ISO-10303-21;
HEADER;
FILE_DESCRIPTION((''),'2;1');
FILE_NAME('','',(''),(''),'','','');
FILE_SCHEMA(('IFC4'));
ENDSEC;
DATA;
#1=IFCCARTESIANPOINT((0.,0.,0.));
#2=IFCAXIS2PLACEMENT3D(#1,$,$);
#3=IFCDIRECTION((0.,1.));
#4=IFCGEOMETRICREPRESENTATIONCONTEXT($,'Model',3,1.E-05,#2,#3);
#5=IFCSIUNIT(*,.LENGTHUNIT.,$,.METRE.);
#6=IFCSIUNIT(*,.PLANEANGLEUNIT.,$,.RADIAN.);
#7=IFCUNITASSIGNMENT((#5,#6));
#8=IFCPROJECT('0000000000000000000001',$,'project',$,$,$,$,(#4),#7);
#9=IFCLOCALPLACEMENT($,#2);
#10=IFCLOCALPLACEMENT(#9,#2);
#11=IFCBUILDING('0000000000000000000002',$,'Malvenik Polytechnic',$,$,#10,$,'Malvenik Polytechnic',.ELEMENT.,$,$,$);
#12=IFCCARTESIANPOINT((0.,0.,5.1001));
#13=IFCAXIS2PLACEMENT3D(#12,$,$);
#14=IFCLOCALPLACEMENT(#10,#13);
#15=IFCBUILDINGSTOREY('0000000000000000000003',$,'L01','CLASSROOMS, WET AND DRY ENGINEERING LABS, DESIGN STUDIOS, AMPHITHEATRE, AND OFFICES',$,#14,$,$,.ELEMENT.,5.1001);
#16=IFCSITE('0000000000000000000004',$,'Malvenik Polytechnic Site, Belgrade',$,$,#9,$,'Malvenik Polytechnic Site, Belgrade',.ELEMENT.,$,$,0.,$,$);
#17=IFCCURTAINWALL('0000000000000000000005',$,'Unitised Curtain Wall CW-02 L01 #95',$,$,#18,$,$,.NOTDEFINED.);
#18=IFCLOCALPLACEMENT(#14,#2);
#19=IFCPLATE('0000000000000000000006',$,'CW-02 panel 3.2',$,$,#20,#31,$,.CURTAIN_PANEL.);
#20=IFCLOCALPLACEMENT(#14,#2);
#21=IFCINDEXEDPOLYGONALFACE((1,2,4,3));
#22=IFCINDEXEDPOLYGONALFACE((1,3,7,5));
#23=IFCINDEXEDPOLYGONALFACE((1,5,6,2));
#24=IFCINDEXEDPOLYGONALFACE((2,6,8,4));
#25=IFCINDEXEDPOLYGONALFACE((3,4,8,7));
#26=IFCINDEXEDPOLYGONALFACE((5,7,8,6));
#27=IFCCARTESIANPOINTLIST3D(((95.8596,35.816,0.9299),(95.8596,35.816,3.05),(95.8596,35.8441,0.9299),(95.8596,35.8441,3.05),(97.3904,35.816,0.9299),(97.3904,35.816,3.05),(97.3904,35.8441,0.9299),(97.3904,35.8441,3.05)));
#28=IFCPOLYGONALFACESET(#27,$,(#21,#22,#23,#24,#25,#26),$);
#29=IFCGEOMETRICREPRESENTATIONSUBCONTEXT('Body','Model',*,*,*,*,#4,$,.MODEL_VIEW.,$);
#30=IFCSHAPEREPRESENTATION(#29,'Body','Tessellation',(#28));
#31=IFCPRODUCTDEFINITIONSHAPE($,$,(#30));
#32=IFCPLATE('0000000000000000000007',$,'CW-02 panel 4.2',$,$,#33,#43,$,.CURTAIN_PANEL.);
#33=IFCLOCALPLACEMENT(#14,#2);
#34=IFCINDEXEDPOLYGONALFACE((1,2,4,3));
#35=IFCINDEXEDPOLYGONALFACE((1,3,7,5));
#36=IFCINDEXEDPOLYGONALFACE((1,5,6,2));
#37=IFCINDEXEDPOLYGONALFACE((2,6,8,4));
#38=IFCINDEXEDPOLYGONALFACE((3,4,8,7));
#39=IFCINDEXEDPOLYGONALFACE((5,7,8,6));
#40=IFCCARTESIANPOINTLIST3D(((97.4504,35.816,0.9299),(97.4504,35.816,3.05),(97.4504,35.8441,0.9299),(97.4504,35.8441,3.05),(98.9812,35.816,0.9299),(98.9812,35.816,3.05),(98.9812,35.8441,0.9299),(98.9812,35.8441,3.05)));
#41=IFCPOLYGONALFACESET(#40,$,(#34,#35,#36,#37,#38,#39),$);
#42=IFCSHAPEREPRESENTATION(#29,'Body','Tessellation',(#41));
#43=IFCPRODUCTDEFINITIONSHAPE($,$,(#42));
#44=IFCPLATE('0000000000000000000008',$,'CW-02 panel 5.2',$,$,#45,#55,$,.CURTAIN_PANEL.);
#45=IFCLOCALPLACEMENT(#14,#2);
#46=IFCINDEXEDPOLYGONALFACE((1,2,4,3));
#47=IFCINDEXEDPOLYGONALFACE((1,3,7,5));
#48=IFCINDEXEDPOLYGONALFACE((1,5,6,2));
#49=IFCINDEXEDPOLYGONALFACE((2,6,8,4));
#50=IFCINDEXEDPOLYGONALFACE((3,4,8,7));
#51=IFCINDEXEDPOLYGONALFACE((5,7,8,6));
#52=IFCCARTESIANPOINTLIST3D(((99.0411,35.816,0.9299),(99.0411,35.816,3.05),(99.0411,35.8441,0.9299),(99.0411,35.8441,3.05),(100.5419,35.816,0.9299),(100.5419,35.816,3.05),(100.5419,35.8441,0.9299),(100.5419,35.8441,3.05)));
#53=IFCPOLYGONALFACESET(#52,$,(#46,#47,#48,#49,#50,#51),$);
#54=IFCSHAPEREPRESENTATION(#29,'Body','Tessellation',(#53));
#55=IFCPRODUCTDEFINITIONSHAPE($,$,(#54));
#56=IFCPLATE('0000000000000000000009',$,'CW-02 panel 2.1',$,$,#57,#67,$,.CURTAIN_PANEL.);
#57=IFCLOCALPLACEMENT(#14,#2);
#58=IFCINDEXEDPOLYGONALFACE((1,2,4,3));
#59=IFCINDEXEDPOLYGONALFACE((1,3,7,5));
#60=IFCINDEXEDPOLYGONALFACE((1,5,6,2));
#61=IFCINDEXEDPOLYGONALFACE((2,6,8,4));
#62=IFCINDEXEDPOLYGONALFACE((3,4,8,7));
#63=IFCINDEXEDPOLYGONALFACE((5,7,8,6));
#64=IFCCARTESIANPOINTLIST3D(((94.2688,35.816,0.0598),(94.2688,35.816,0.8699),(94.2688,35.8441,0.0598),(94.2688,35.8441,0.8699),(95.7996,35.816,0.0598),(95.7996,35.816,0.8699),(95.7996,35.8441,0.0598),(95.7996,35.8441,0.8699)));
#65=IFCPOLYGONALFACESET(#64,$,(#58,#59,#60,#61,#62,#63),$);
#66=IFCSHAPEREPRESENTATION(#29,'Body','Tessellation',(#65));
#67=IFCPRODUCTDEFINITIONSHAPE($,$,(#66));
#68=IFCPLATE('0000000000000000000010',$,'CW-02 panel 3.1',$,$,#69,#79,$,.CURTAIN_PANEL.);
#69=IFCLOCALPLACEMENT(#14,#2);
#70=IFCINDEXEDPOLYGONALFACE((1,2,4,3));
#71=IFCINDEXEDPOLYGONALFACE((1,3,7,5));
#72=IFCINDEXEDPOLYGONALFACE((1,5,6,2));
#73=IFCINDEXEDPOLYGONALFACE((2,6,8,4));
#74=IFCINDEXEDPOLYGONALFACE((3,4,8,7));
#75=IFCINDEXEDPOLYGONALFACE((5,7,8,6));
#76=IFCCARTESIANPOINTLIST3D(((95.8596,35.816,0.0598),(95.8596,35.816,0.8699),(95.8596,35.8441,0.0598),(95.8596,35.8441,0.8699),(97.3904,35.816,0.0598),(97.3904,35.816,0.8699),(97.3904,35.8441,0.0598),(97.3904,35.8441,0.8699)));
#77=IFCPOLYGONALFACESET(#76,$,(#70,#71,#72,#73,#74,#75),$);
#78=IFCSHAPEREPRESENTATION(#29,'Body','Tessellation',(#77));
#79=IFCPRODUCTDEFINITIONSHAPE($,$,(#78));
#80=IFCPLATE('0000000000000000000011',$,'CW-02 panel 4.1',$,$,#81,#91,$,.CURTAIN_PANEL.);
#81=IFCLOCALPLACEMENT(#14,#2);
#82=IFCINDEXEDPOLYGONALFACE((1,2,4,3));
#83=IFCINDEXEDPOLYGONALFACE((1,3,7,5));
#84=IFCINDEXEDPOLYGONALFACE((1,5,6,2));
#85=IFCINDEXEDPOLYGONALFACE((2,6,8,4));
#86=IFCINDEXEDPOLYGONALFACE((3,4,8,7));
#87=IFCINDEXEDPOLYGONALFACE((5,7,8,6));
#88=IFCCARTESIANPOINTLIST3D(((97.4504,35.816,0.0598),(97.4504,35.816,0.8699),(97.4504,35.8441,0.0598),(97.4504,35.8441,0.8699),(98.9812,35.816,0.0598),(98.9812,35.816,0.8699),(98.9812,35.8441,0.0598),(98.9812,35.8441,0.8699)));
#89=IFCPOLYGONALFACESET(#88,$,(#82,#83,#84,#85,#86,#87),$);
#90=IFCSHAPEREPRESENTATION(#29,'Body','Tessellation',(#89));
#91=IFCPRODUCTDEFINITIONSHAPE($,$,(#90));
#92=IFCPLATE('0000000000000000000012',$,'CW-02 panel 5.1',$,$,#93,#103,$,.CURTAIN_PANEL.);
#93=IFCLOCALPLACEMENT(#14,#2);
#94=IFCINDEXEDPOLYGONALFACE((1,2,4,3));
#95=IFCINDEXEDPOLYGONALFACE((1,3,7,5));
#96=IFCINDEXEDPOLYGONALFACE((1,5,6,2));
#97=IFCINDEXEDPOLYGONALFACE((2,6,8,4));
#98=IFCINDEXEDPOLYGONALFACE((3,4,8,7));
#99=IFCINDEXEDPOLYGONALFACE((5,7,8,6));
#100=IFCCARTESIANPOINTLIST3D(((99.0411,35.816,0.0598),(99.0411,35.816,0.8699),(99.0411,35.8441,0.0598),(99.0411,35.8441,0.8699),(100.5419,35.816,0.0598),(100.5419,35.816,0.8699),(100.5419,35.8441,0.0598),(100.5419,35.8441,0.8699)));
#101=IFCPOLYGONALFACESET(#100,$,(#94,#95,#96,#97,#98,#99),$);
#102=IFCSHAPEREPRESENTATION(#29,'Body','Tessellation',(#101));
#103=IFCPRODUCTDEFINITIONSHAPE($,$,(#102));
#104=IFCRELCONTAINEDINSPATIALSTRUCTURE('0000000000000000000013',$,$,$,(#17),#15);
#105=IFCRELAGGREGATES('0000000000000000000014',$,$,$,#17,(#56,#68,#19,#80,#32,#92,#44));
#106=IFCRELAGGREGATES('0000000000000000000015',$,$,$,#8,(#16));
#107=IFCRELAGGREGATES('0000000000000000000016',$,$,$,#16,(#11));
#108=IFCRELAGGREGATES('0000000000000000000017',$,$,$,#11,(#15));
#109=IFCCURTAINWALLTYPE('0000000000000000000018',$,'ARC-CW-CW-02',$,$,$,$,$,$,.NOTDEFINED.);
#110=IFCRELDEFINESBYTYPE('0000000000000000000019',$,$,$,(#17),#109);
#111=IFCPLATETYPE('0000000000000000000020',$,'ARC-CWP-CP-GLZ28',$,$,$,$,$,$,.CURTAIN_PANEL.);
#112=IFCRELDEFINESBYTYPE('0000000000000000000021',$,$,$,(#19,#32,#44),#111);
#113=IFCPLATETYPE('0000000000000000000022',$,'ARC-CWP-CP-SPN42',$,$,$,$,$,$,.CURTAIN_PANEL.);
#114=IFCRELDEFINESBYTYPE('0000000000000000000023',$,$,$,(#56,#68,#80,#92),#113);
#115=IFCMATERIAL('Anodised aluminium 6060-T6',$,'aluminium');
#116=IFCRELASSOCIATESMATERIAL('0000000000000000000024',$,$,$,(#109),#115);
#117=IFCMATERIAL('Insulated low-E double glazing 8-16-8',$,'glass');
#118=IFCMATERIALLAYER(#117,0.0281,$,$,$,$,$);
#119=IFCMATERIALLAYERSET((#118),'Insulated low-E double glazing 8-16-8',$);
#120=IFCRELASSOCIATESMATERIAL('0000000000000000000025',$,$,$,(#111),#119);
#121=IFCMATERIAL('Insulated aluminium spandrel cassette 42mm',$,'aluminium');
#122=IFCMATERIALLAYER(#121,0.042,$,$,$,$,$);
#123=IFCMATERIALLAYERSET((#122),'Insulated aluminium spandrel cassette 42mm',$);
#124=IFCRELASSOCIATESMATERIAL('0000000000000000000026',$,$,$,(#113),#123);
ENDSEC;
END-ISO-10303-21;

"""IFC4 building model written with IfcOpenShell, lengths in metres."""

from ifc_helpers import new_model, si_unit, direction, frame, origin, origin_2d, place, context, subcontext, project, spatial, rectangle, extrude, material, layer, layer_set, type_object, element, aggregate, save


model = new_model("IFC4")

# Units and contexts
model_context = context("Model", 3, precision=1e-05, world=origin(), true_north=direction((0.0, 1.0)))
body_context = subcontext(model_context, "Body", "Model", "MODEL_VIEW")
ifc_project = project(units=[si_unit("LENGTHUNIT", "METRE"), si_unit("PLANEANGLEUNIT", "RADIAN")], contexts=[model_context])

# Site, building, storey
site_placement = place(None, origin())
site = spatial("IfcSite", under=ifc_project, at=site_placement, Name="Malvenik Polytechnic Site, Belgrade", LongName="Malvenik Polytechnic Site, Belgrade", CompositionType="ELEMENT", RefElevation=0.0)
building_placement = place(site_placement, origin())
building = spatial("IfcBuilding", under=site, at=building_placement, Name="Malvenik Polytechnic", LongName="Malvenik Polytechnic", CompositionType="ELEMENT")
storey_placement = place(building_placement, frame((0.0, 0.0, 5.1001)))
storey = spatial("IfcBuildingStorey", under=building, at=storey_placement, Name="L01", Description="CLASSROOMS, WET AND DRY ENGINEERING LABS, DESIGN STUDIOS, AMPHITHEATRE, AND OFFICES", CompositionType="ELEMENT", Elevation=5.1001)

# Curtain wall, plates
ifc_material_1 = material(Name="Anodised aluminium 6060-T6", Category="aluminium")
curtain_wall_type = type_object("IfcCurtainWallType", Name="ARC-CW-CW-02", PredefinedType="NOTDEFINED", material=ifc_material_1)
curtain_wall_placement = place(storey_placement, origin())
curtain_wall = element("IfcCurtainWall", 1, at=curtain_wall_placement, inside=storey, type_object=curtain_wall_type, Name="Unitised Curtain Wall CW-02 L01 #95", PredefinedType="NOTDEFINED")
ifc_material_2 = material(Name="Insulated low-E double glazing 8-16-8", Category="glass")
ifc_layer_1 = layer(ifc_material_2, 0.0281)
ifc_layer_set_1 = layer_set([ifc_layer_1], Name="Insulated low-E double glazing 8-16-8")
plate_type_1 = type_object("IfcPlateType", Name="ARC-CWP-CP-GLZ28", PredefinedType="CURTAIN_PANEL", material=ifc_layer_set_1)
plate_1_placement = place(storey_placement, frame((96.625, 35.8301, 0.9299), z_axis=(0.0, 0.0, 1.0), x_axis=(1.0, 0.0, 0.0)))
plate_1 = element("IfcPlate", 2, at=plate_1_placement, type_object=plate_type_1, Name="CW-02 panel 3.2", PredefinedType="CURTAIN_PANEL", context=body_context, shape_type="SweptSolid", body=[
    extrude(rectangle(XDim=1.5308, YDim=0.0281, at=origin_2d()), origin(), (0.0, 0.0, 1.0), 2.1201),
])
plate_2_placement = place(storey_placement, frame((98.2158, 35.8301, 0.9299), z_axis=(0.0, 0.0, 1.0), x_axis=(1.0, 0.0, 0.0)))
plate_2 = element("IfcPlate", 3, at=plate_2_placement, type_object=plate_type_1, Name="CW-02 panel 4.2", PredefinedType="CURTAIN_PANEL", context=body_context, shape_type="SweptSolid", body=[
    extrude(rectangle(XDim=1.5308, YDim=0.0281, at=origin_2d()), origin(), (0.0, 0.0, 1.0), 2.1201),
])
plate_3_placement = place(storey_placement, frame((99.7915, 35.8301, 0.9299), z_axis=(0.0, 0.0, 1.0), x_axis=(1.0, 0.0, 0.0)))
plate_3 = element("IfcPlate", 4, at=plate_3_placement, type_object=plate_type_1, Name="CW-02 panel 5.2", PredefinedType="CURTAIN_PANEL", context=body_context, shape_type="SweptSolid", body=[
    extrude(rectangle(XDim=1.5007, YDim=0.0281, at=origin_2d()), origin(), (0.0, 0.0, 1.0), 2.1201),
])
ifc_material_3 = material(Name="Insulated aluminium spandrel cassette 42mm", Category="aluminium")
ifc_layer_2 = layer(ifc_material_3, 0.042)
ifc_layer_set_2 = layer_set([ifc_layer_2], Name="Insulated aluminium spandrel cassette 42mm")
plate_type_2 = type_object("IfcPlateType", Name="ARC-CWP-CP-SPN42", PredefinedType="CURTAIN_PANEL", material=ifc_layer_set_2)
plate_4_placement = place(storey_placement, frame((95.0342, 35.8301, 0.0598), z_axis=(0.0, 0.0, 1.0), x_axis=(1.0, 0.0, 0.0)))
plate_4 = element("IfcPlate", 5, at=plate_4_placement, type_object=plate_type_2, Name="CW-02 panel 2.1", PredefinedType="CURTAIN_PANEL", context=body_context, shape_type="SweptSolid", body=[
    extrude(rectangle(XDim=1.5308, YDim=0.0281, at=origin_2d()), origin(), (0.0, 0.0, 1.0), 0.8101),
])
plate_5_placement = place(storey_placement, frame((96.625, 35.8301, 0.0598), z_axis=(0.0, 0.0, 1.0), x_axis=(1.0, 0.0, 0.0)))
plate_5 = element("IfcPlate", 6, at=plate_5_placement, type_object=plate_type_2, Name="CW-02 panel 3.1", PredefinedType="CURTAIN_PANEL", context=body_context, shape_type="SweptSolid", body=[
    extrude(rectangle(XDim=1.5308, YDim=0.0281, at=origin_2d()), origin(), (0.0, 0.0, 1.0), 0.8101),
])
plate_6_placement = place(storey_placement, frame((98.2158, 35.8301, 0.0598), z_axis=(0.0, 0.0, 1.0), x_axis=(1.0, 0.0, 0.0)))
plate_6 = element("IfcPlate", 7, at=plate_6_placement, type_object=plate_type_2, Name="CW-02 panel 4.1", PredefinedType="CURTAIN_PANEL", context=body_context, shape_type="SweptSolid", body=[
    extrude(rectangle(XDim=1.5308, YDim=0.0281, at=origin_2d()), origin(), (0.0, 0.0, 1.0), 0.8101),
])
plate_7_placement = place(storey_placement, frame((99.7915, 35.8301, 0.0598), z_axis=(0.0, 0.0, 1.0), x_axis=(1.0, 0.0, 0.0)))
plate_7 = element("IfcPlate", 8, at=plate_7_placement, type_object=plate_type_2, Name="CW-02 panel 5.1", PredefinedType="CURTAIN_PANEL", context=body_context, shape_type="SweptSolid", body=[
    extrude(rectangle(XDim=1.5007, YDim=0.0281, at=origin_2d()), origin(), (0.0, 0.0, 1.0), 0.8101),
])
aggregate(curtain_wall, [plate_4, plate_5, plate_1, plate_6, plate_2, plate_7, plate_3])

save(model, "model.ifc")
